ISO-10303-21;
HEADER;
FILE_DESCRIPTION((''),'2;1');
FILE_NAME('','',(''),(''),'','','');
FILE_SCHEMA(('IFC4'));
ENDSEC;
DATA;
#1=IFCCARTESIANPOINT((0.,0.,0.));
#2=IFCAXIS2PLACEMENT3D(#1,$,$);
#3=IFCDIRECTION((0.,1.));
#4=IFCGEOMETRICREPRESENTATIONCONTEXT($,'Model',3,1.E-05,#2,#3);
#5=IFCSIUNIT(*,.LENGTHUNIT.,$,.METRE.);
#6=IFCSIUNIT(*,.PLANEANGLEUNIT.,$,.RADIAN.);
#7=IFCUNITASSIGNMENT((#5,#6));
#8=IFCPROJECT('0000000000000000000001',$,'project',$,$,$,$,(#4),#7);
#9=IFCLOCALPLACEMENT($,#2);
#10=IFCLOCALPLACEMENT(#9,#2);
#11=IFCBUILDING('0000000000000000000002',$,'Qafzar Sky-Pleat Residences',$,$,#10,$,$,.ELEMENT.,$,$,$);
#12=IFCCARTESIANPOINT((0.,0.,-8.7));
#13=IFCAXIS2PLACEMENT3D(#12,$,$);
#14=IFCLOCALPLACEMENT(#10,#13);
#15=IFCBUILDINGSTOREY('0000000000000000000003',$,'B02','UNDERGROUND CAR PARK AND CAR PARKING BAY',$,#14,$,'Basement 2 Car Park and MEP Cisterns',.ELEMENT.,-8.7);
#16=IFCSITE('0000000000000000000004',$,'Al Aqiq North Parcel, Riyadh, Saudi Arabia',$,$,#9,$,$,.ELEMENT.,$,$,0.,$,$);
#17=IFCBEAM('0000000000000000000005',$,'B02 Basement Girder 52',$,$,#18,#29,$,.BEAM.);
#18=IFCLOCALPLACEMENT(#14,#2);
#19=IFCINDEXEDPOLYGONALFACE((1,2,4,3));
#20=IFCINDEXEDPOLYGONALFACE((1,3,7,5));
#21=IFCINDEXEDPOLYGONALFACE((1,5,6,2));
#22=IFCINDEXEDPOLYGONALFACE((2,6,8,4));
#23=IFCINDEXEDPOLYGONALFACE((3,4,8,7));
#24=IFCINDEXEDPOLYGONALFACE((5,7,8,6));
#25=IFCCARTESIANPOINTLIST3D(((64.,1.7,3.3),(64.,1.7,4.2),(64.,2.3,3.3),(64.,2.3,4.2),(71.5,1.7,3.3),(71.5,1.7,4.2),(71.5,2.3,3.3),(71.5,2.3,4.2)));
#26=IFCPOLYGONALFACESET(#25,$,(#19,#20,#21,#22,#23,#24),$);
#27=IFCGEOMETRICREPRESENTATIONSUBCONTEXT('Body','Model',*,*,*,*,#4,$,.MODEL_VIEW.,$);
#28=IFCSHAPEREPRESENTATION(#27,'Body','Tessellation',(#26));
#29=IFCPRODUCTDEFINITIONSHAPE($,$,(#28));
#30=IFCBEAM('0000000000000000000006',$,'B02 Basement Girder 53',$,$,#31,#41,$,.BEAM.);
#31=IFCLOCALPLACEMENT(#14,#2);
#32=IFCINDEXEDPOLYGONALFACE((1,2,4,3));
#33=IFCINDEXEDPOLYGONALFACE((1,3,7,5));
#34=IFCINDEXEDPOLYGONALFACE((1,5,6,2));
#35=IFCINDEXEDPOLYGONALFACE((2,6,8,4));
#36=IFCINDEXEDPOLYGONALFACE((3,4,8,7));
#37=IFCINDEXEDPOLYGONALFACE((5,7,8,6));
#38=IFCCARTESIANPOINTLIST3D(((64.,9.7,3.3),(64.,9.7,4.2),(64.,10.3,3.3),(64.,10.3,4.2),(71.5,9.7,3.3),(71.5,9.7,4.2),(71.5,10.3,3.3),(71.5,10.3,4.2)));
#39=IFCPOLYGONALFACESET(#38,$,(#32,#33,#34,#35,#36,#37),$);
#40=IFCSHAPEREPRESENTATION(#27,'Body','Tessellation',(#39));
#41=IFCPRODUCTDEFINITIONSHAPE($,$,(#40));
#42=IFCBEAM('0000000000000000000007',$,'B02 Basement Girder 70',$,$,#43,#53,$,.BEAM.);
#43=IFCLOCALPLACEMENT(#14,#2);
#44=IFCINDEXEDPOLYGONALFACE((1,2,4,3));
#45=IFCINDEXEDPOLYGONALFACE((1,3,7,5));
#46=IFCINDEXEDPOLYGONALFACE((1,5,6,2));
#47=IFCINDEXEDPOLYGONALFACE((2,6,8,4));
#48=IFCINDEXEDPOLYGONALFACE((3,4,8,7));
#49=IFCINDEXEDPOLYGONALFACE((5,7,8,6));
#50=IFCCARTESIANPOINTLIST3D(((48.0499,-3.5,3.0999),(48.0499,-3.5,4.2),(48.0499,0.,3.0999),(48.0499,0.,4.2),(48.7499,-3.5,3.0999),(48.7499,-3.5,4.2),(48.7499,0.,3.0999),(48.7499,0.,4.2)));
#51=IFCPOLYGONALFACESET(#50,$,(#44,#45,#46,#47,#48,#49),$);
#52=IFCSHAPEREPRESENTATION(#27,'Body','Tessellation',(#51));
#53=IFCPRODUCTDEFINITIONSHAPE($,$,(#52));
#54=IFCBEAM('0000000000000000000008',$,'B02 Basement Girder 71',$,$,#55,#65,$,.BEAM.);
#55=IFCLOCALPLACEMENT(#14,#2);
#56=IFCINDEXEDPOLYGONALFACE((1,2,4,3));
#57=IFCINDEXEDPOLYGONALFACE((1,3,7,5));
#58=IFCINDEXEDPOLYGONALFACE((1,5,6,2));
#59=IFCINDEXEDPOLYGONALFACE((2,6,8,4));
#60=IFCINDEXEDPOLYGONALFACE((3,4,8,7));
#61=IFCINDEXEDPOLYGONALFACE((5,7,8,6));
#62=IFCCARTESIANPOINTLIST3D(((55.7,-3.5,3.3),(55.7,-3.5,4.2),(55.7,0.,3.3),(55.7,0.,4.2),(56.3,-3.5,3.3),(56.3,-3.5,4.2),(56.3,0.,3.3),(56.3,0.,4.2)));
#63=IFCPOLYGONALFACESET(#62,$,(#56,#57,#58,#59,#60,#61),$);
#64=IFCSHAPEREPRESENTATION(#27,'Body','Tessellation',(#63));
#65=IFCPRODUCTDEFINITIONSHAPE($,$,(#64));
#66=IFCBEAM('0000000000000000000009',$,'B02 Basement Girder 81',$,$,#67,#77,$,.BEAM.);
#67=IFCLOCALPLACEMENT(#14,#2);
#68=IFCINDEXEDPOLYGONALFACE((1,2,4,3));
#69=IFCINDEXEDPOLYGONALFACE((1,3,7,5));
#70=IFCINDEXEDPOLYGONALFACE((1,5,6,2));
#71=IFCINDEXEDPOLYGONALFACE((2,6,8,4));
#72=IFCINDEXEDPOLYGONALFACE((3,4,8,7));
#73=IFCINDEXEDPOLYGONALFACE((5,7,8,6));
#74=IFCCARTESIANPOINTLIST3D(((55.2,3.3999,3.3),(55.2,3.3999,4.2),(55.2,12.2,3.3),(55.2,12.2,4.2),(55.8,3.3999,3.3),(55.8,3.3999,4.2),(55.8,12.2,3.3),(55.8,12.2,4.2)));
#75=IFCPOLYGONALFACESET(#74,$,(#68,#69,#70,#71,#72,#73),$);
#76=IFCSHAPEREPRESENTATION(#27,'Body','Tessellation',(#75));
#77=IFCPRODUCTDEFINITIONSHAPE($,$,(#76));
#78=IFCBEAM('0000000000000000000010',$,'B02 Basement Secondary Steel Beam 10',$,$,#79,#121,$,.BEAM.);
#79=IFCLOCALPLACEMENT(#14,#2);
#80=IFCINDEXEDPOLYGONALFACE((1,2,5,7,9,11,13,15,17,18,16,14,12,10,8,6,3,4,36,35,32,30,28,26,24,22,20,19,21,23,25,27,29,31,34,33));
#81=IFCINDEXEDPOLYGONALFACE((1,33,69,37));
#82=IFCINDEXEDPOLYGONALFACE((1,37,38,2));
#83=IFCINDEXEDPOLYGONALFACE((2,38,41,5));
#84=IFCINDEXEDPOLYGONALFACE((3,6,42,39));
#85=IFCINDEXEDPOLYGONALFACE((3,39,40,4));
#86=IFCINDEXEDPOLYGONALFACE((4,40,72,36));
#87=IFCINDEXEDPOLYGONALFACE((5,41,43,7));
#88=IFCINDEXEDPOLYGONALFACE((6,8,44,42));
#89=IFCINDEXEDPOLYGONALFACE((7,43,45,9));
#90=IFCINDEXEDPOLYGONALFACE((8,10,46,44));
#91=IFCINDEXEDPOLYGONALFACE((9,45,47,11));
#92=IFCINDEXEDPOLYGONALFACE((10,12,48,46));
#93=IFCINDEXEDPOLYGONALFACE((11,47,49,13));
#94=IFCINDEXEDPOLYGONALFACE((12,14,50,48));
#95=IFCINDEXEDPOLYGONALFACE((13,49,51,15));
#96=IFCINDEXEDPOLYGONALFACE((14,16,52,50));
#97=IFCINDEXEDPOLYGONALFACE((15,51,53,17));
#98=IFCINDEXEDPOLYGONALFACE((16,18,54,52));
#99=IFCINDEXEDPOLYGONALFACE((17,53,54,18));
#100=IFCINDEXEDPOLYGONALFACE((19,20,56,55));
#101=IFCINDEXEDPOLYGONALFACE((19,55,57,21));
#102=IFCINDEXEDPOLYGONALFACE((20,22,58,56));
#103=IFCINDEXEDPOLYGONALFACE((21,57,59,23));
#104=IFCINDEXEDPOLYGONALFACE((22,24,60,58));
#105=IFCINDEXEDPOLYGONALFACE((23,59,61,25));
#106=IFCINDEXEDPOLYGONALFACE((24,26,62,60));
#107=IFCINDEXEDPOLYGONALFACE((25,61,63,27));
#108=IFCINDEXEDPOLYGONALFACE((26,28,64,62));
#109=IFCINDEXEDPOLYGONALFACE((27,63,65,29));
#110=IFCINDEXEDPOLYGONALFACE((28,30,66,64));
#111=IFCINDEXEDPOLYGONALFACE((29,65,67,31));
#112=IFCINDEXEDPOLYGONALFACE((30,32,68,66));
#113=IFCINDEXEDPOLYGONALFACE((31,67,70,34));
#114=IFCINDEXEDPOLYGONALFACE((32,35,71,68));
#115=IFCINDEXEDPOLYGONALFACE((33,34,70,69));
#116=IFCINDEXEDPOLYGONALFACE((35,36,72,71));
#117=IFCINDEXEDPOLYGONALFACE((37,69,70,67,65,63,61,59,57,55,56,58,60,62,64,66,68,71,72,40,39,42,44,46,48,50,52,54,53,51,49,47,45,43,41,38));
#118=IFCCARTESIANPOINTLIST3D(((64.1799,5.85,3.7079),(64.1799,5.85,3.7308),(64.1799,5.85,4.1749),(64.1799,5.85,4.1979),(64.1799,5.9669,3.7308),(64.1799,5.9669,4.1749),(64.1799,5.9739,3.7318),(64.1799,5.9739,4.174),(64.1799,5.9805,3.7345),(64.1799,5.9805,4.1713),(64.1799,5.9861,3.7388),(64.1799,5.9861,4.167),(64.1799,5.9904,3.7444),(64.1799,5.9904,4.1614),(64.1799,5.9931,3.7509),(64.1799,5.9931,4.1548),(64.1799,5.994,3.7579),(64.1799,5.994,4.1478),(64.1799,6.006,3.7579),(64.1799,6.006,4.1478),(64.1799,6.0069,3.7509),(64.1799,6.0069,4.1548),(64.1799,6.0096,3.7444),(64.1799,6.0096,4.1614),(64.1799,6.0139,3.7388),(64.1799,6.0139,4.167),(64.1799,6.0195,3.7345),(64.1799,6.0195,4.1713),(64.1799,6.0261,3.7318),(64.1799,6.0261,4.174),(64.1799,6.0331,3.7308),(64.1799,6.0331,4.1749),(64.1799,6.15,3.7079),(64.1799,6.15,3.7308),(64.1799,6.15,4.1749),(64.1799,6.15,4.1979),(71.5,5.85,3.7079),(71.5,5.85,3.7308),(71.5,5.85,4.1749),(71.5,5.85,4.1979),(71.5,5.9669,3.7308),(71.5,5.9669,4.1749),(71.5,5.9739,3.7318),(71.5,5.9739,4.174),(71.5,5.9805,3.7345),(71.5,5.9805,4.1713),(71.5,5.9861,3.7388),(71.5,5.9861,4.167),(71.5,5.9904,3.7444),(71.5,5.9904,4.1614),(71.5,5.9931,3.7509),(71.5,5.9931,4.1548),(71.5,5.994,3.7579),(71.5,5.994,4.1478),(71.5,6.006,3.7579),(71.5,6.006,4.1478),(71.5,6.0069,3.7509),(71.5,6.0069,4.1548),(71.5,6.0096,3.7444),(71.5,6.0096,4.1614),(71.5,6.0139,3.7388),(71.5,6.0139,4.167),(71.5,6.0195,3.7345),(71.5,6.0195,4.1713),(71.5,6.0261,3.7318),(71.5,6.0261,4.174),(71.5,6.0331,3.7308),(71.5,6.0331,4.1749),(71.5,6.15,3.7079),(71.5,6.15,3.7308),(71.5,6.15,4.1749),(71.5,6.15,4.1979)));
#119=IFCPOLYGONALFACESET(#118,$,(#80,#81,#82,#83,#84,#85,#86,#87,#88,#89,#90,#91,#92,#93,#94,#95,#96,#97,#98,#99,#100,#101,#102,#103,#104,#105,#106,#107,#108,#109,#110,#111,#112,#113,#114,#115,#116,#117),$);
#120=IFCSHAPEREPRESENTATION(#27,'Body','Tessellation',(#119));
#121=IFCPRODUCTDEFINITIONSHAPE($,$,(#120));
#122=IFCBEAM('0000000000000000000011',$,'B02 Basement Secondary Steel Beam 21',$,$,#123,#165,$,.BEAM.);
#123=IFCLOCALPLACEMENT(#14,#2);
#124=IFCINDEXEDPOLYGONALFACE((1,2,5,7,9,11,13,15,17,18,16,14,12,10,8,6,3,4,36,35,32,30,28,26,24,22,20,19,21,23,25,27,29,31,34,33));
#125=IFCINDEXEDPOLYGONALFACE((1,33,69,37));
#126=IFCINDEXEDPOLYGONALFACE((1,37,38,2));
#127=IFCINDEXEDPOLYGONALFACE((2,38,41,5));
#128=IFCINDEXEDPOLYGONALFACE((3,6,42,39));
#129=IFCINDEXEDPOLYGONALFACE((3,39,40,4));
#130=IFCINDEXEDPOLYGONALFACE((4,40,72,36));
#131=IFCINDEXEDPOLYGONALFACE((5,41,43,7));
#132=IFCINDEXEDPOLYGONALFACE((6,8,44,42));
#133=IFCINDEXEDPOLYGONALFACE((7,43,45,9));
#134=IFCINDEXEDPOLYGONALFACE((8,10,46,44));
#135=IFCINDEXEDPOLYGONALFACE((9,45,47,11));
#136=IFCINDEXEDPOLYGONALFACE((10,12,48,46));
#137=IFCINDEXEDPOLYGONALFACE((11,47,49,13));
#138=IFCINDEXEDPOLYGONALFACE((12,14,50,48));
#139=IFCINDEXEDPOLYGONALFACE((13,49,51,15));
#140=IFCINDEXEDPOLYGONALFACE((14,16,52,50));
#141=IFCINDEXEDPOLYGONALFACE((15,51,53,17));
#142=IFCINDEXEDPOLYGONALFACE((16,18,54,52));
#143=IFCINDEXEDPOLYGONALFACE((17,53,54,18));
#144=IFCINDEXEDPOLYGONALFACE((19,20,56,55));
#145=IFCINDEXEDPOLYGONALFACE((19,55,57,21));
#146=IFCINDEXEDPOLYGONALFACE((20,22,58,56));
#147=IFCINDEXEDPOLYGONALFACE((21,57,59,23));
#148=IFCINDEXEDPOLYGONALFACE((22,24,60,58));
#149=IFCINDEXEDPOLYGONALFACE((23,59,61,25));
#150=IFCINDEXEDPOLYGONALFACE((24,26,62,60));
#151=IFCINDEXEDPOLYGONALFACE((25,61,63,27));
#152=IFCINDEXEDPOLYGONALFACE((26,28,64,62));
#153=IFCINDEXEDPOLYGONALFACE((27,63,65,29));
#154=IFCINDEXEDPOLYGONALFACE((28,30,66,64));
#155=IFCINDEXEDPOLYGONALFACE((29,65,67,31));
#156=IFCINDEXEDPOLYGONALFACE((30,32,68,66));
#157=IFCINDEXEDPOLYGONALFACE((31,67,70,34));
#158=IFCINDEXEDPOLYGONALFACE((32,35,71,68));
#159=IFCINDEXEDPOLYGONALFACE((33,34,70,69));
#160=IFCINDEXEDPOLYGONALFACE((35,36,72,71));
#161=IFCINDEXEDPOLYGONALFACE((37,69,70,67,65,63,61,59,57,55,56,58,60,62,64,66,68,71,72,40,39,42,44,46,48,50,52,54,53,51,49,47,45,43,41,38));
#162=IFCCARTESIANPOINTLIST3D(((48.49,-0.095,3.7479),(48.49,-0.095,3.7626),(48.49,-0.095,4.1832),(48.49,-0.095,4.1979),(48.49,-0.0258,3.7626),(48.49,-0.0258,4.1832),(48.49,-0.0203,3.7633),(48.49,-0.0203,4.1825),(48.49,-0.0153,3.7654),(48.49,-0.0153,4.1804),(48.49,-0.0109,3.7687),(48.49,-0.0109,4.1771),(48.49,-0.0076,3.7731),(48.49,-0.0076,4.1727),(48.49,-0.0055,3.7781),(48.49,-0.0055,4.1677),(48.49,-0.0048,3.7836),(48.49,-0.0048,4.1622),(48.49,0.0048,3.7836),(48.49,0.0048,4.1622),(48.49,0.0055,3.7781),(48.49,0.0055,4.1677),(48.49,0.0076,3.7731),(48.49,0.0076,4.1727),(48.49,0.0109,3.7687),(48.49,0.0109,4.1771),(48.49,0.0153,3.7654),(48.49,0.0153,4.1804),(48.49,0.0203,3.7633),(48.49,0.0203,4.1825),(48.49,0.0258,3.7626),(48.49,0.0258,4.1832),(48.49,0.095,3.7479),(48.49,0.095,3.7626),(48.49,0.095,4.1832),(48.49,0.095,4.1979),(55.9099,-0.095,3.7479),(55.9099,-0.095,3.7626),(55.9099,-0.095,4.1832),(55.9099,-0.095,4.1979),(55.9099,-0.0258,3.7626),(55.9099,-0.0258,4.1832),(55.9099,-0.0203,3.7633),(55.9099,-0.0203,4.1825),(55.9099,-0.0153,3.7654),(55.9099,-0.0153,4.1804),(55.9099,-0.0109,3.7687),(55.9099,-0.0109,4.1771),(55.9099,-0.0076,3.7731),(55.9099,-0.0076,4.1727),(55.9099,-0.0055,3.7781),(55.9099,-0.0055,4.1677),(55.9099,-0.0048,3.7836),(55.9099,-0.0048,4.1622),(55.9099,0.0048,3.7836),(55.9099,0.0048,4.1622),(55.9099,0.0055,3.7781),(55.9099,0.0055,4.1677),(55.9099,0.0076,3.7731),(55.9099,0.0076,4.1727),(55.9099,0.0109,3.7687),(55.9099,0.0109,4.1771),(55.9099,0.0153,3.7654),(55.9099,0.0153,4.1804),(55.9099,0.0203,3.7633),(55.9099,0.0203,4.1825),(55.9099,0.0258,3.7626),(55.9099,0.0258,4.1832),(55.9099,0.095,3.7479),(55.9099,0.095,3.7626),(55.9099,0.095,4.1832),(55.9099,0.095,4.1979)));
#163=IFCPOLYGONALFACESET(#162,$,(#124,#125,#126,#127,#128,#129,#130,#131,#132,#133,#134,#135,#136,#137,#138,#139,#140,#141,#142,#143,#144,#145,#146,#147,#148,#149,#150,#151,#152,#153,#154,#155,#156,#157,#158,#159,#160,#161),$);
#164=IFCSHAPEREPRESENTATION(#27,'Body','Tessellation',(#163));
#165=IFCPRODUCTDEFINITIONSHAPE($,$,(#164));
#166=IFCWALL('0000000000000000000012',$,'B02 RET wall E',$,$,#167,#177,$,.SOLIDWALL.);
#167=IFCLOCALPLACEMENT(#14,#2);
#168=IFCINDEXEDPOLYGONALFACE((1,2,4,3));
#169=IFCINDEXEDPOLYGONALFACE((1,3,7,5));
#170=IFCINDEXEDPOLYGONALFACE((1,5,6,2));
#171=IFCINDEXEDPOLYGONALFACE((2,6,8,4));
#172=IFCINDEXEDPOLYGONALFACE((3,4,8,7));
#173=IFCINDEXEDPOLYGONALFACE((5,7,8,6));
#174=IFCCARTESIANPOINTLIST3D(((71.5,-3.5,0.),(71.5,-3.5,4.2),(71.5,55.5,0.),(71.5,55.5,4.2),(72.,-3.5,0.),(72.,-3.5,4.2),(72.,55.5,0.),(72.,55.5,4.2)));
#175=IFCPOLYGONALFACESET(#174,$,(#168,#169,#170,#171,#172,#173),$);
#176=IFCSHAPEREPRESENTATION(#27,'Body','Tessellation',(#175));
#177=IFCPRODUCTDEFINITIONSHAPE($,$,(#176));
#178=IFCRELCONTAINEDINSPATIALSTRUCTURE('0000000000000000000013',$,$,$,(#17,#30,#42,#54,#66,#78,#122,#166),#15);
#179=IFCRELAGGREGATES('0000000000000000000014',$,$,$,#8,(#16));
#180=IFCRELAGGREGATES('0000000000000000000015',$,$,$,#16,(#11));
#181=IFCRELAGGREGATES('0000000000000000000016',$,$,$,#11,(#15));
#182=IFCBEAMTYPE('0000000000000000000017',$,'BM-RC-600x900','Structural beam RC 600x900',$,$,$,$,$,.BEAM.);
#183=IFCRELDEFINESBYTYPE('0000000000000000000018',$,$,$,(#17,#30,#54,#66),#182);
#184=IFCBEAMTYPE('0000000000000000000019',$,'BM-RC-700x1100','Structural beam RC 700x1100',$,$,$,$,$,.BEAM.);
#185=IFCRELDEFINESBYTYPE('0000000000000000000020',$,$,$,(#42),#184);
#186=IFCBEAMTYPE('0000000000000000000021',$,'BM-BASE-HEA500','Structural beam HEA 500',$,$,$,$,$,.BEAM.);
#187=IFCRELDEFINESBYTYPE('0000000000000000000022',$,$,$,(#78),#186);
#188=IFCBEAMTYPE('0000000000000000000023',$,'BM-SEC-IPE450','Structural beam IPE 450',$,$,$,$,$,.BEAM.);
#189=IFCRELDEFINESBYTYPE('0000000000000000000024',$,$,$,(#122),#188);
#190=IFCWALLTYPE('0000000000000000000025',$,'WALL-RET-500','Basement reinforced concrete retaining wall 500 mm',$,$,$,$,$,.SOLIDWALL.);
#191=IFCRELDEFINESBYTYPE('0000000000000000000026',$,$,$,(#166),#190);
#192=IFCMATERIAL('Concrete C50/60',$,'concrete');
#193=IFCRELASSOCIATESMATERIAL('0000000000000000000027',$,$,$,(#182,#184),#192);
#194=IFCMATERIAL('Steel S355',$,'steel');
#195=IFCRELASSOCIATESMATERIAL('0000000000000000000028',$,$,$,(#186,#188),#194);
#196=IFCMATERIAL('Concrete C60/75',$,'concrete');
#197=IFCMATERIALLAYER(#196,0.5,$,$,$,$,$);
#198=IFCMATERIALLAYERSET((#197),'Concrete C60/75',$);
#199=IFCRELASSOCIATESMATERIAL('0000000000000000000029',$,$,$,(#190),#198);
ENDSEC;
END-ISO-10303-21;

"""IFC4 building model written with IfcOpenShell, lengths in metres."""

from ifc_helpers import new_model, si_unit, direction, frame, frame_2d, origin, origin_2d, place, context, subcontext, project, spatial, rectangle, i_section, extrude, source, transform, mapped, material, layer, layer_set, material_profile, profile_set, type_object, element, save


model = new_model("IFC4")

# Units and contexts
model_context = context("Model", 3, precision=1e-05, world=origin(), true_north=direction((0.0, 1.0)))
body_context = subcontext(model_context, "Body", "Model", "MODEL_VIEW")
ifc_project = project(units=[si_unit("LENGTHUNIT", "METRE"), si_unit("PLANEANGLEUNIT", "RADIAN")], contexts=[model_context])

# Site, building, storey
site_placement = place(None, origin())
site = spatial("IfcSite", under=ifc_project, at=site_placement, Name="Al Aqiq North Parcel, Riyadh, Saudi Arabia", CompositionType="ELEMENT", RefElevation=0.0)
building_placement = place(site_placement, origin())
building = spatial("IfcBuilding", under=site, at=building_placement, Name="Qafzar Sky-Pleat Residences", CompositionType="ELEMENT")
storey_placement = place(building_placement, frame((0.0, 0.0, -8.7)))
storey = spatial("IfcBuildingStorey", under=building, at=storey_placement, Name="B02", Description="UNDERGROUND CAR PARK AND CAR PARKING BAY", LongName="Basement 2 Car Park and MEP Cisterns", CompositionType="ELEMENT", Elevation=-8.7)

# Shared definitions
ifc_material_1 = material(Name="Concrete C50/60", Category="concrete")

# Shared definitions
ifc_material_2 = material(Name="Concrete C60/75", Category="concrete")

# Beams
ifc_material_profile_1 = material_profile(ifc_material_1, rectangle(XDim=0.6001, YDim=0.8999, at=origin_2d()), Name="RC 600x900")
ifc_profile_set_1 = profile_set([ifc_material_profile_1], Name="Concrete C50/60")
beam_type_1 = type_object("IfcBeamType", Name="BM-RC-600x900", Description="Structural beam RC 600x900", PredefinedType="BEAM", material=ifc_profile_set_1)
ifc_material_profile_2 = material_profile(ifc_material_1, rectangle(XDim=0.7, YDim=1.1001, at=origin_2d()), Name="RC 700x1100")
ifc_profile_set_2 = profile_set([ifc_material_profile_2], Name="Concrete C50/60")
beam_type_2 = type_object("IfcBeamType", Name="BM-RC-700x1100", Description="Structural beam RC 700x1100", PredefinedType="BEAM", material=ifc_profile_set_2)
shared_shape_1 = source(origin(), body_context, "Body", "SweptSolid", [
    extrude(rectangle(XDim=0.6001, YDim=0.8999, at=origin_2d()), origin(), (0.0, 0.0, 1.0), 7.5),
])
for number, where, z_axis, x_axis, name in (
    (1, (64.0, 2.0, 3.75), (1.0, 0.0, 0.0), (0.0, 1.0, 0.0), "B02 Basement Girder 52"),
    (2, (64.0, 10.0, 3.75), (1.0, 0.0, 0.0), (0.0, 1.0, 0.0), "B02 Basement Girder 53"),
):
    element("IfcBeam", number, at=place(storey_placement, frame(where, z_axis=z_axis, x_axis=x_axis)), inside=storey, type_object=beam_type_1, Name=name, PredefinedType="BEAM", context=body_context, shape_type="MappedRepresentation", body=[
        mapped(shared_shape_1, transform((0.0, 0.0, 0.0), x_axis=(1.0, 0.0, 0.0), y_axis=(0.0, 1.0, 0.0), z_axis=(0.0, 0.0, 1.0), scale=1.0)),
    ])
shared_shape_2 = source(origin(), body_context, "Body", "SweptSolid", [
    extrude(rectangle(XDim=0.7, YDim=1.1001, at=origin_2d()), origin(), (0.0, 0.0, 1.0), 3.5),
])
beam_1_placement = place(storey_placement, frame((48.3999, -3.5, 3.6499), z_axis=(0.0, 1.0, 0.0), x_axis=(-1.0, 0.0, 0.0)))
element("IfcBeam", 3, at=beam_1_placement, inside=storey, type_object=beam_type_2, Name="B02 Basement Girder 70", PredefinedType="BEAM", context=body_context, shape_type="MappedRepresentation", body=[
    mapped(shared_shape_2, transform((0.0, 0.0, 0.0), x_axis=(1.0, 0.0, 0.0), y_axis=(0.0, 1.0, 0.0), z_axis=(0.0, 0.0, 1.0), scale=1.0)),
])
shared_shape_3 = source(origin(), body_context, "Body", "SweptSolid", [
    extrude(rectangle(XDim=0.6001, YDim=0.8999, at=origin_2d()), origin(), (0.0, 0.0, 1.0), 3.5),
])
beam_2_placement = place(storey_placement, frame((56.0, -3.5, 3.75), z_axis=(0.0, 1.0, 0.0), x_axis=(-1.0, 0.0, 0.0)))
element("IfcBeam", 4, at=beam_2_placement, inside=storey, type_object=beam_type_1, Name="B02 Basement Girder 71", PredefinedType="BEAM", context=body_context, shape_type="MappedRepresentation", body=[
    mapped(shared_shape_3, transform((0.0, 0.0, 0.0), x_axis=(1.0, 0.0, 0.0), y_axis=(0.0, 1.0, 0.0), z_axis=(0.0, 0.0, 1.0), scale=1.0)),
])
shared_shape_4 = source(origin(), body_context, "Body", "SweptSolid", [
    extrude(rectangle(XDim=0.6001, YDim=0.8999, at=origin_2d()), origin(), (0.0, 0.0, 1.0), 8.8),
])
beam_3_placement = place(storey_placement, frame((55.5, 3.3999, 3.75), z_axis=(0.0, 1.0, 0.0), x_axis=(-1.0, 0.0, 0.0)))
element("IfcBeam", 5, at=beam_3_placement, inside=storey, type_object=beam_type_1, Name="B02 Basement Girder 81", PredefinedType="BEAM", context=body_context, shape_type="MappedRepresentation", body=[
    mapped(shared_shape_4, transform((0.0, 0.0, 0.0), x_axis=(1.0, 0.0, 0.0), y_axis=(0.0, 1.0, 0.0), z_axis=(0.0, 0.0, 1.0), scale=1.0)),
])
ifc_material_3 = material(Name="Steel S355", Category="steel")
ifc_material_profile_3 = material_profile(ifc_material_3, i_section(OverallWidth=0.3, OverallDepth=0.49, WebThickness=0.012, FlangeThickness=0.0229, FilletRadius=0.0271, at=origin_2d()), Name="HEA 500")
ifc_profile_set_3 = profile_set([ifc_material_profile_3], Name="Steel S355")
beam_type_3 = type_object("IfcBeamType", Name="BM-BASE-HEA500", Description="Structural beam HEA 500", PredefinedType="BEAM", material=ifc_profile_set_3)
shared_shape_5 = source(origin(), body_context, "Body", "SweptSolid", [
    extrude(i_section(OverallWidth=0.3, OverallDepth=0.49, WebThickness=0.012, FlangeThickness=0.0229, FilletRadius=0.0271, at=origin_2d()), origin(), (0.0, 0.0, 1.0), 7.3201),
])
beam_4_placement = place(storey_placement, frame((64.1799, 6.0, 3.9529), z_axis=(1.0, 0.0, 0.0), x_axis=(0.0, 1.0, 0.0)))
element("IfcBeam", 6, at=beam_4_placement, inside=storey, type_object=beam_type_3, Name="B02 Basement Secondary Steel Beam 10", PredefinedType="BEAM", context=body_context, shape_type="MappedRepresentation", body=[
    mapped(shared_shape_5, transform((0.0, 0.0, 0.0), x_axis=(1.0, 0.0, 0.0), y_axis=(0.0, 1.0, 0.0), z_axis=(0.0, 0.0, 1.0), scale=1.0)),
])
ifc_material_profile_4 = material_profile(ifc_material_3, i_section(OverallWidth=0.1899, OverallDepth=0.45, WebThickness=0.0095, FlangeThickness=0.0146, FilletRadius=0.021, at=origin_2d()), Name="IPE 450")
ifc_profile_set_4 = profile_set([ifc_material_profile_4], Name="Steel S355")
beam_type_4 = type_object("IfcBeamType", Name="BM-SEC-IPE450", Description="Structural beam IPE 450", PredefinedType="BEAM", material=ifc_profile_set_4)
shared_shape_6 = source(origin(), body_context, "Body", "SweptSolid", [
    extrude(i_section(OverallWidth=0.1899, OverallDepth=0.45, WebThickness=0.0095, FlangeThickness=0.0146, FilletRadius=0.021, at=origin_2d()), origin(), (0.0, 0.0, 1.0), 7.4199),
])
beam_5_placement = place(storey_placement, frame((48.49, 0.0, 3.9729), z_axis=(1.0, 0.0, 0.0), x_axis=(0.0, 1.0, 0.0)))
element("IfcBeam", 7, at=beam_5_placement, inside=storey, type_object=beam_type_4, Name="B02 Basement Secondary Steel Beam 21", PredefinedType="BEAM", context=body_context, shape_type="MappedRepresentation", body=[
    mapped(shared_shape_6, transform((0.0, 0.0, 0.0), x_axis=(1.0, 0.0, 0.0), y_axis=(0.0, 1.0, 0.0), z_axis=(0.0, 0.0, 1.0), scale=1.0)),
])

# Wall
ifc_layer = layer(ifc_material_2, 0.5)
ifc_layer_set = layer_set([ifc_layer], Name="Concrete C60/75")
wall_type = type_object("IfcWallType", Name="WALL-RET-500", Description="Basement reinforced concrete retaining wall 500 mm", PredefinedType="SOLIDWALL", material=ifc_layer_set)
wall_placement = place(storey_placement, frame((71.75, -3.5, 0.0), z_axis=(0.0, 0.0, 1.0), x_axis=(0.0, 1.0, 0.0)))
element("IfcWall", 8, at=wall_placement, inside=storey, type_object=wall_type, Name="B02 RET wall E", PredefinedType="SOLIDWALL", context=body_context, shape_type="SweptSolid", body=[
    extrude(rectangle(XDim=59.0, YDim=0.5, at=frame_2d((29.5, 0.0))), origin(), (0.0, 0.0, 1.0), 4.2),
])

save(model, "model.ifc")
